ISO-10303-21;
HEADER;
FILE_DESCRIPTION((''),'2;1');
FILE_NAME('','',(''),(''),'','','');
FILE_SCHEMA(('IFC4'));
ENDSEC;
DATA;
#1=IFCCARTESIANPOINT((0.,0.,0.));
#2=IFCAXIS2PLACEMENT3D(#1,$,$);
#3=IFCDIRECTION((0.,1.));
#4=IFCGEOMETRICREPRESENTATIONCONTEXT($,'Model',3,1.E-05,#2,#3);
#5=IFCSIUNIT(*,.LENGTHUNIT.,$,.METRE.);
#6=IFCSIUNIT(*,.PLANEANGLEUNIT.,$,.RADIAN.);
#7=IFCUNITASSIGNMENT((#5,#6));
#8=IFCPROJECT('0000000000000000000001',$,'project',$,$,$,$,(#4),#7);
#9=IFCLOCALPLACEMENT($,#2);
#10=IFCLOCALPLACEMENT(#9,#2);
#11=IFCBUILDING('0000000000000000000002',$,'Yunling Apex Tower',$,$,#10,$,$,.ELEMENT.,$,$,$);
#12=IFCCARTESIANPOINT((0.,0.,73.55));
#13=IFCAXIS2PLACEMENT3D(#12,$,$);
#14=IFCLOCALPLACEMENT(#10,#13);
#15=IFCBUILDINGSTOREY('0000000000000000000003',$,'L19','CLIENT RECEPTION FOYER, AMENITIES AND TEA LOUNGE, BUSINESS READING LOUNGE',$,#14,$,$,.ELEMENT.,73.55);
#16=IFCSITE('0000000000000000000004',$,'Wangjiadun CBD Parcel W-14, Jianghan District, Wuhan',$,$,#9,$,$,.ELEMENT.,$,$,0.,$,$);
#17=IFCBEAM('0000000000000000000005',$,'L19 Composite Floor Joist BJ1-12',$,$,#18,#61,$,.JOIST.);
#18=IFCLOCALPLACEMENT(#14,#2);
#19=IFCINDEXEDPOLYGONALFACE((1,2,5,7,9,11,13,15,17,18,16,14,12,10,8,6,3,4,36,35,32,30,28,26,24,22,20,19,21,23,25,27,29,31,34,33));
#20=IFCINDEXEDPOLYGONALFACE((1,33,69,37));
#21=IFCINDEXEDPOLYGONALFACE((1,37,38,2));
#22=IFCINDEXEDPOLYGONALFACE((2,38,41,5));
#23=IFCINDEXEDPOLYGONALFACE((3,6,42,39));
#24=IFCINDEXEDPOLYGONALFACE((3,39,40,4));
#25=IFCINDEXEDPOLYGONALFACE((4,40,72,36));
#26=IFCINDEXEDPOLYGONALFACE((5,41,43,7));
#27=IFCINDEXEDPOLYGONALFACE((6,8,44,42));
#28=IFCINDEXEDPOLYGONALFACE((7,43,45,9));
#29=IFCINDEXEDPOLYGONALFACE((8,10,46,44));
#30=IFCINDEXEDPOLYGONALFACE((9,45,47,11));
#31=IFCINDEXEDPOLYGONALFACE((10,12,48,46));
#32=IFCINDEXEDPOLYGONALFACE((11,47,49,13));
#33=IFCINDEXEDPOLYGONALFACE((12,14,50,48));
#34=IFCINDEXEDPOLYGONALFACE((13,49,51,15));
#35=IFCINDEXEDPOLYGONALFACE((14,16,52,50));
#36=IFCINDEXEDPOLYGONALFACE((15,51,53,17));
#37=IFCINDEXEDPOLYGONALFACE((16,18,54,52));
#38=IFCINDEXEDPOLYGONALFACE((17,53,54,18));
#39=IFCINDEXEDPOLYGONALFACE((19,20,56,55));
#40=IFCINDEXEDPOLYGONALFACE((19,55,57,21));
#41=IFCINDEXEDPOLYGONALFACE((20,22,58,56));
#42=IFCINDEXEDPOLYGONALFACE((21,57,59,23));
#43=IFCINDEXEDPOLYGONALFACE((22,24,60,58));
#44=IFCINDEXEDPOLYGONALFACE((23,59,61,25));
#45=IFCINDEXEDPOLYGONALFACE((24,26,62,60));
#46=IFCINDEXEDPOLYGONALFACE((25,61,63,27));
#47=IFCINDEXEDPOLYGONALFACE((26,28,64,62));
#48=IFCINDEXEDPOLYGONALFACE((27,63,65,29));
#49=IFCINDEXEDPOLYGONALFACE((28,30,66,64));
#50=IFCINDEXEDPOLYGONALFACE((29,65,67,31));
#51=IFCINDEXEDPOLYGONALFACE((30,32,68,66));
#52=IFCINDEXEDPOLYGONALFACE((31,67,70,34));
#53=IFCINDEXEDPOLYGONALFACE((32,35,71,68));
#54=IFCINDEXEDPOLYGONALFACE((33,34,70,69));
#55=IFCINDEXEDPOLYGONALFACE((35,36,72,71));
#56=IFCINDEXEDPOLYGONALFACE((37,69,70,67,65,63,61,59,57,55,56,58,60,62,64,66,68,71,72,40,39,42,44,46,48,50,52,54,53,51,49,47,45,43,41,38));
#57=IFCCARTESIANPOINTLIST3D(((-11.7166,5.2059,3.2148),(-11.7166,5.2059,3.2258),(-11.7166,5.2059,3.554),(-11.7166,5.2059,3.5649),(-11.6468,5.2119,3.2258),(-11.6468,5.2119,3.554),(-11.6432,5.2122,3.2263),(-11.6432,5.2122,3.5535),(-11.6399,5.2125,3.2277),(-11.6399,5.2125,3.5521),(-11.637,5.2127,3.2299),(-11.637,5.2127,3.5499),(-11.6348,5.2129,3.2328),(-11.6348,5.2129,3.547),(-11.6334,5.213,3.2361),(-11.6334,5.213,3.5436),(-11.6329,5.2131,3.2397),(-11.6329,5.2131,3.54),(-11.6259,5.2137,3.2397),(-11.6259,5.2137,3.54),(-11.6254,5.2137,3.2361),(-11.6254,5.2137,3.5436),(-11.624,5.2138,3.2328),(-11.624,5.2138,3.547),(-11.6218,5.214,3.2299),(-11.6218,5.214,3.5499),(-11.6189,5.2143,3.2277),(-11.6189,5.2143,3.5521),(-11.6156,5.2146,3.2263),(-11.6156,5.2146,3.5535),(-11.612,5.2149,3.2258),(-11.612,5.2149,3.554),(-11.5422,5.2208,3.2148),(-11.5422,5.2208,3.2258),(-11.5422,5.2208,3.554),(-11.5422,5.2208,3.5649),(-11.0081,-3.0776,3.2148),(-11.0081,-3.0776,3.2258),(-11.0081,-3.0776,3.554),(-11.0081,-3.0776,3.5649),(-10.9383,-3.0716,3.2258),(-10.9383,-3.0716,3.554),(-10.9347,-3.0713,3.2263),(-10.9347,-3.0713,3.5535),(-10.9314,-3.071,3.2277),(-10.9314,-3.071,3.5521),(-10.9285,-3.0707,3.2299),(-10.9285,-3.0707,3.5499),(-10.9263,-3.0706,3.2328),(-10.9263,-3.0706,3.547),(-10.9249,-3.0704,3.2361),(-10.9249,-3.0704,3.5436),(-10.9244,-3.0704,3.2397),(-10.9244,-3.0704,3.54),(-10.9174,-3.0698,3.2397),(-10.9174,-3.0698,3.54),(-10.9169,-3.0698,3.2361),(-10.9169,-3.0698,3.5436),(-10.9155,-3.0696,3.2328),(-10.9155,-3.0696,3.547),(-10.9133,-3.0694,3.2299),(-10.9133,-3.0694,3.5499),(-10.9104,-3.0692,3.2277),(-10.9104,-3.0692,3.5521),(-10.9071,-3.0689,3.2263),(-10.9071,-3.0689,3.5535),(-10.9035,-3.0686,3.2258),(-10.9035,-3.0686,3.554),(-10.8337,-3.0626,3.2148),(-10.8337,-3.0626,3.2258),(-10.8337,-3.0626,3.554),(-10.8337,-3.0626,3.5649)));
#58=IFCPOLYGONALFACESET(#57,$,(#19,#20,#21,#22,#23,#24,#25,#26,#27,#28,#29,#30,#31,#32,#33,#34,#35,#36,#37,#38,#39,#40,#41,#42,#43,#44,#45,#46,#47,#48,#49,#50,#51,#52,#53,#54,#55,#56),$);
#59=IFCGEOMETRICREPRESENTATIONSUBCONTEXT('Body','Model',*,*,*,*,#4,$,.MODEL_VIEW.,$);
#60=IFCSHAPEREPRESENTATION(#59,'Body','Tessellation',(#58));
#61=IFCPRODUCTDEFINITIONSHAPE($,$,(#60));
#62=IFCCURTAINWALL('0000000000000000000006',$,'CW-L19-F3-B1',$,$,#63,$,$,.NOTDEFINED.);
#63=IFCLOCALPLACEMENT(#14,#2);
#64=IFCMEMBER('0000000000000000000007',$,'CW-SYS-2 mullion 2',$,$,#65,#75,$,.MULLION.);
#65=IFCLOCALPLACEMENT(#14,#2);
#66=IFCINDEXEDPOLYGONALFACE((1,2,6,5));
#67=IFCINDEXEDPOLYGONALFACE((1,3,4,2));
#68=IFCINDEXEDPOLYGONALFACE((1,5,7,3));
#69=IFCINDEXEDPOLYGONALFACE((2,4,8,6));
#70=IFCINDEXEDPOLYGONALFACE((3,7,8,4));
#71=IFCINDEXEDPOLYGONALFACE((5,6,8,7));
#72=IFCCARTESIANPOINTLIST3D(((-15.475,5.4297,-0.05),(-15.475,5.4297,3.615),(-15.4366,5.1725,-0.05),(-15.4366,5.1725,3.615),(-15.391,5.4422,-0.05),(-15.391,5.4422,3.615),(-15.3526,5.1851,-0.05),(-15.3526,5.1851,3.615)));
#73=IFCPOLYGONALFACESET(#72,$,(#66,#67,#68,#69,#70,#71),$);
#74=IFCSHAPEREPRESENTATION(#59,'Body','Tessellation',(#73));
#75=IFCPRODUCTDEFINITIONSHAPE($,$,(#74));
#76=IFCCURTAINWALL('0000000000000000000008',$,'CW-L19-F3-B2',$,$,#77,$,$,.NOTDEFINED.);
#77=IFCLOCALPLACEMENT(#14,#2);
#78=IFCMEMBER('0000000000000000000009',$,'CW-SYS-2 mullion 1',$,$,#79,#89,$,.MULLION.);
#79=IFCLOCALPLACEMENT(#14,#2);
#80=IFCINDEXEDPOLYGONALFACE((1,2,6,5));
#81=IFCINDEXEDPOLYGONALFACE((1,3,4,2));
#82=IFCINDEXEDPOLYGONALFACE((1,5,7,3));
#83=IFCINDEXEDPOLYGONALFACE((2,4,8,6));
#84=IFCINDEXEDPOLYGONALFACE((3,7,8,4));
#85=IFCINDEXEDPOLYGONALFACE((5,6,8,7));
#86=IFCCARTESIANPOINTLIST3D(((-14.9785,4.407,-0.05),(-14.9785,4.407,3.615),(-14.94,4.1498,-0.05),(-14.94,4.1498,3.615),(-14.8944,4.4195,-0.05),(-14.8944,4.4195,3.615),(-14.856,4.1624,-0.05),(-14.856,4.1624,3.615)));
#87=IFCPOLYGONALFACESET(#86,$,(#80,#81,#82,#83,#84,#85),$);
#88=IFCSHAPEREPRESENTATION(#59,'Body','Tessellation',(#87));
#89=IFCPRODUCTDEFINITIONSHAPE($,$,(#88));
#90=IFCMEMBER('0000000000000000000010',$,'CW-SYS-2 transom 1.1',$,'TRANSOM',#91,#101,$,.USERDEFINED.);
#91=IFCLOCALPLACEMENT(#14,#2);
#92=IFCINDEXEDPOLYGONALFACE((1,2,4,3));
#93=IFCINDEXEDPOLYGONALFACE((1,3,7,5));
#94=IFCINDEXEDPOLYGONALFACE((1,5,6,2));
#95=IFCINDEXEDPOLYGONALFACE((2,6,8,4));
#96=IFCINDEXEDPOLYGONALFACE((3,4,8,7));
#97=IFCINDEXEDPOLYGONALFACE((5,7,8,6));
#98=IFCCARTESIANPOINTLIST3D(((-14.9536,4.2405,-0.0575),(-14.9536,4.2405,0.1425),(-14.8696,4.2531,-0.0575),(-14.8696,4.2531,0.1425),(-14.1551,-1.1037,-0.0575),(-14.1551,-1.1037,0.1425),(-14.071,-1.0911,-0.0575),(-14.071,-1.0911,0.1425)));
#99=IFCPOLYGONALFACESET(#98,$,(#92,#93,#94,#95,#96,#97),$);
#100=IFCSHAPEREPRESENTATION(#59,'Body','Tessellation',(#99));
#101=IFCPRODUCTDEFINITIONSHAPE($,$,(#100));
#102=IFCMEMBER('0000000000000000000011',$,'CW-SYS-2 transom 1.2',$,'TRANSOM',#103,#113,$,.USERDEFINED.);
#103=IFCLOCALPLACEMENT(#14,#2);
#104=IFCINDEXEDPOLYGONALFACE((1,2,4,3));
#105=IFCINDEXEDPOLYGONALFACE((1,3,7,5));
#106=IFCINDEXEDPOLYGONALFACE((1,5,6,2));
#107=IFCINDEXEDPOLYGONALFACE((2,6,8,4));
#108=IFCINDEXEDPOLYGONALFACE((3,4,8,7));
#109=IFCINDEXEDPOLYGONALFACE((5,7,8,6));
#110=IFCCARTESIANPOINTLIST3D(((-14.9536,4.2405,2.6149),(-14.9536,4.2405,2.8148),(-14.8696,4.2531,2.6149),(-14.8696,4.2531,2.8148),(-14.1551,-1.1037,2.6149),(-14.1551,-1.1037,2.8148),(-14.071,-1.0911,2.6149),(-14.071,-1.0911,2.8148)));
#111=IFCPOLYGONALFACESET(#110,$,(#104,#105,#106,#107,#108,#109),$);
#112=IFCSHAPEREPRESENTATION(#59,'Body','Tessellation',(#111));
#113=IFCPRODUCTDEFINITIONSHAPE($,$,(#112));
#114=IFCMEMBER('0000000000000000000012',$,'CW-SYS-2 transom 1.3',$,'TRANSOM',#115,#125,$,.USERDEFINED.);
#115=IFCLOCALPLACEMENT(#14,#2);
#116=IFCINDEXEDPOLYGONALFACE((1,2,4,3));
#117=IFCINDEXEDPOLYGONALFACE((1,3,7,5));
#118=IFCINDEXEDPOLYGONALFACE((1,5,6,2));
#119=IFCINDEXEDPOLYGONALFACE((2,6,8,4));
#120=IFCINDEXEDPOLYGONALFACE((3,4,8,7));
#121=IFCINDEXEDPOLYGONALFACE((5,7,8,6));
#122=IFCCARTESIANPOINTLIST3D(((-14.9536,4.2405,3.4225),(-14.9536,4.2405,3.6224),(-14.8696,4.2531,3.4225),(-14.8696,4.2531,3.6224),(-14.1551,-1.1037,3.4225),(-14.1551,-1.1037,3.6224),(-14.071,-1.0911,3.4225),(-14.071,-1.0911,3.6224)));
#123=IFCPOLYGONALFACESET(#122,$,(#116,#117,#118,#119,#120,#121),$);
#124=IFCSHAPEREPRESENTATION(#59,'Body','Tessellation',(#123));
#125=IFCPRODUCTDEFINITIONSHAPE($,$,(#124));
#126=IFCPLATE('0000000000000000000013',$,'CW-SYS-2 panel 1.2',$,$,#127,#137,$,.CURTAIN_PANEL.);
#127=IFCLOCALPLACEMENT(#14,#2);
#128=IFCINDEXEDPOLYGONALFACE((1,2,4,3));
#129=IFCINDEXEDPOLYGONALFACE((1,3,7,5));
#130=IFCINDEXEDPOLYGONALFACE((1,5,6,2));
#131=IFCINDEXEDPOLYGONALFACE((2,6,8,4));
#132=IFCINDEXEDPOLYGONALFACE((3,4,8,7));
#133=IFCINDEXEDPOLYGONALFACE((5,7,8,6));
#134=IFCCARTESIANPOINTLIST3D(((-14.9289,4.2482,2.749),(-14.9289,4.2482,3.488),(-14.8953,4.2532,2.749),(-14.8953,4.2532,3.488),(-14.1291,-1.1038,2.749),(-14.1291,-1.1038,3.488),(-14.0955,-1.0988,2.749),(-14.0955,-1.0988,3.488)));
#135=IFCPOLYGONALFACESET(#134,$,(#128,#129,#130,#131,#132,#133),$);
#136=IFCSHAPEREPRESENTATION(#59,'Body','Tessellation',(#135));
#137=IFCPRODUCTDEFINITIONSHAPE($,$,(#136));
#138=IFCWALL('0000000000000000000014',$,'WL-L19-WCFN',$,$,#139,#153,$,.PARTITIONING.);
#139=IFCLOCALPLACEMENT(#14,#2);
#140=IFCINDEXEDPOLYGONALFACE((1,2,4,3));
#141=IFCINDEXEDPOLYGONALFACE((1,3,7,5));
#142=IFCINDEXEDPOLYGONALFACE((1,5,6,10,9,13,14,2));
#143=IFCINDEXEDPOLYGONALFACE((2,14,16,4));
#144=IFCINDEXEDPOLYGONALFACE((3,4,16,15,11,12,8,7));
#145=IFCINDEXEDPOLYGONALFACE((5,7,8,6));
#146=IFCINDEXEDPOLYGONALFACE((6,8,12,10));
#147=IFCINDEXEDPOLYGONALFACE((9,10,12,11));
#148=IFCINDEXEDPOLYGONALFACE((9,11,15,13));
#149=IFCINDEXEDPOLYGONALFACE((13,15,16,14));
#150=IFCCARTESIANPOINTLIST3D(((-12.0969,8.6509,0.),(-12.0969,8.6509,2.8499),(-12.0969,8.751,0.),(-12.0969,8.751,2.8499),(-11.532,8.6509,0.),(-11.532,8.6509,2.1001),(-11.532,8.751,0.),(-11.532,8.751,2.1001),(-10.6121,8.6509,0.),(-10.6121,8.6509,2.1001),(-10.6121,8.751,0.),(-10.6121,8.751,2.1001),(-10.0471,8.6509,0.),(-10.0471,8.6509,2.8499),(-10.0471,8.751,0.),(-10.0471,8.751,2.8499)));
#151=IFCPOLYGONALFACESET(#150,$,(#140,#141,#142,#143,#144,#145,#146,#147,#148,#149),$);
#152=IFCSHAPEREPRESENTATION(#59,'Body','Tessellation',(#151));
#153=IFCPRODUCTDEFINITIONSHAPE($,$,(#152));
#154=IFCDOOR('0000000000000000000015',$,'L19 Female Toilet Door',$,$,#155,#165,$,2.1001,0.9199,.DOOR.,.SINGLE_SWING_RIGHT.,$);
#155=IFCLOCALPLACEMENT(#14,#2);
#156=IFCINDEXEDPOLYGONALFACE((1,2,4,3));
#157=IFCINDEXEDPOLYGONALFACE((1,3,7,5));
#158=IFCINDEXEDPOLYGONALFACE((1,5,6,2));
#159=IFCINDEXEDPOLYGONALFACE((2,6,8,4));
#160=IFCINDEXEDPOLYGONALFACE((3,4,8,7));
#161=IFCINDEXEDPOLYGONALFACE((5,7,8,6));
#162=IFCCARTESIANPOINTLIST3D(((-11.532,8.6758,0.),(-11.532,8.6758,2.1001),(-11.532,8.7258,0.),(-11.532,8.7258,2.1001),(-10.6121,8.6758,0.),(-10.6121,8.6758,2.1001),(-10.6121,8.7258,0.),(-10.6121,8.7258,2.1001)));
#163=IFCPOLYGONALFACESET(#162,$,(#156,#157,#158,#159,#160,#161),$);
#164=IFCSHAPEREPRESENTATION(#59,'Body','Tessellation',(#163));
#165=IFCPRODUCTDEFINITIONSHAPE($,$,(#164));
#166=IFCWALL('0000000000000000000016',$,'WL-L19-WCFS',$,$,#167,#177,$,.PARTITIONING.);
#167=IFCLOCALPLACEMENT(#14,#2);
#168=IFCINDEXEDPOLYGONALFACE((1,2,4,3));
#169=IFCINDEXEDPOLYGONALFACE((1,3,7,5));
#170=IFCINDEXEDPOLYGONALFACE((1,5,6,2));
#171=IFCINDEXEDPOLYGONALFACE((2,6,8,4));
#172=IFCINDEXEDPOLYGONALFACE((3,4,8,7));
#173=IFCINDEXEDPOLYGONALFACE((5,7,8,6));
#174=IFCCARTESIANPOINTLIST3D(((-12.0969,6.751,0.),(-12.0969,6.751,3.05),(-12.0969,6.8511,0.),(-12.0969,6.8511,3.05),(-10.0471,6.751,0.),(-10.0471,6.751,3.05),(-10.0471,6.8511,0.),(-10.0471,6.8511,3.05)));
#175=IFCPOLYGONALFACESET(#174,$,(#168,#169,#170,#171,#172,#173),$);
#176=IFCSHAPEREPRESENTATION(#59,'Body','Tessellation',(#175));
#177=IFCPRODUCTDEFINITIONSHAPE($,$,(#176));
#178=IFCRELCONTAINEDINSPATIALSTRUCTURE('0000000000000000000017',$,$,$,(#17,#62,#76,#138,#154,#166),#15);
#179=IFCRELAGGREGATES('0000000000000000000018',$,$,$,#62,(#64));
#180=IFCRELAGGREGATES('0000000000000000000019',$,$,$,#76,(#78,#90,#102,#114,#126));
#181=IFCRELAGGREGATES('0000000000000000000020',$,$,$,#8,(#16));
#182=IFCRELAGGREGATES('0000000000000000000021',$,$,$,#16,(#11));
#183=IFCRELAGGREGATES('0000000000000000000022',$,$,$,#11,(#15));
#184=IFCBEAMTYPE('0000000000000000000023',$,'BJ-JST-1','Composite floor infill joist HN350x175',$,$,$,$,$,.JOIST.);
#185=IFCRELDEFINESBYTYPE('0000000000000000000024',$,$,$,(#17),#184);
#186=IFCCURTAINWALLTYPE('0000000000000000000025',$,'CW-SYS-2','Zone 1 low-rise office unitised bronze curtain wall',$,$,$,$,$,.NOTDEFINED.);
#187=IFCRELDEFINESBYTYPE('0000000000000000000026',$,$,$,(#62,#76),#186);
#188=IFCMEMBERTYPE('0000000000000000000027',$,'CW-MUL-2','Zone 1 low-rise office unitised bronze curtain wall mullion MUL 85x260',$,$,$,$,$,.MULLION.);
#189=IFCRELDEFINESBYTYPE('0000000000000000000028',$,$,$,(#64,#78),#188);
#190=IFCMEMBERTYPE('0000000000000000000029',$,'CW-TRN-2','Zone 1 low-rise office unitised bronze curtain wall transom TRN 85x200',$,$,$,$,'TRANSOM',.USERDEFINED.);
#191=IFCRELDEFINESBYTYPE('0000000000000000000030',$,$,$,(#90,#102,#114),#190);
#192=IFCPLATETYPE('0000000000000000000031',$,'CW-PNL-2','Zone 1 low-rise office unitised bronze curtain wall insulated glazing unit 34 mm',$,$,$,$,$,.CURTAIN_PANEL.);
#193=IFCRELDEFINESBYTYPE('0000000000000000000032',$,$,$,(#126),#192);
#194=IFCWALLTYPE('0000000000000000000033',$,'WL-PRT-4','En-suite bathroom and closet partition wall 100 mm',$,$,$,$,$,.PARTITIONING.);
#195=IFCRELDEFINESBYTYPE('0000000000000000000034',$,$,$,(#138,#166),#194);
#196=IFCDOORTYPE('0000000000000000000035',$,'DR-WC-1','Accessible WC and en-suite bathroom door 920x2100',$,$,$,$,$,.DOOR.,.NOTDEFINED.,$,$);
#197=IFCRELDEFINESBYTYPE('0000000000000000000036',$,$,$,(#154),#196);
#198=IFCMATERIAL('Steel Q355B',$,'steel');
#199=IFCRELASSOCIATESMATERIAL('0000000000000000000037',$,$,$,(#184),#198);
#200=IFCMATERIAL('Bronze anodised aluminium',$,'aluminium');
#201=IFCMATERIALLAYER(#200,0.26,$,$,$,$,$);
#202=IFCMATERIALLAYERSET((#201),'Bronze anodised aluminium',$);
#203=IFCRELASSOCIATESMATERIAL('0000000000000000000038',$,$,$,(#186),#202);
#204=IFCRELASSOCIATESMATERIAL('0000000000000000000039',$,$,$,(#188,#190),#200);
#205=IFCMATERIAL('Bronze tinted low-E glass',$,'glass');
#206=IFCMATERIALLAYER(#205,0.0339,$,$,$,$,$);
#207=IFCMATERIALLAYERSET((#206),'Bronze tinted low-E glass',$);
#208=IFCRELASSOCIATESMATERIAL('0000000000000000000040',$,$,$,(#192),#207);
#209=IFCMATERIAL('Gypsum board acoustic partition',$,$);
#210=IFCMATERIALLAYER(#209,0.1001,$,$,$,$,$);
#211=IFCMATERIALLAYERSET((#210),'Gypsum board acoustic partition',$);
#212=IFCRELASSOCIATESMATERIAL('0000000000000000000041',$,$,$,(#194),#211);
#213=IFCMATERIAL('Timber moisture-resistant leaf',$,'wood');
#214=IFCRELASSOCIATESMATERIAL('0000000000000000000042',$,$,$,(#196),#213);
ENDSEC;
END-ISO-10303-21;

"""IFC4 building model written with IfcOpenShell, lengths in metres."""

from ifc_helpers import new_model, si_unit, direction, frame, frame_2d, origin, origin_2d, place, context, subcontext, project, spatial, rectangle, i_section, extrude, source, transform, mapped, material, layer, layer_set, material_profile, profile_set, type_object, element, fill, aggregate, save


model = new_model("IFC4")

# Units and contexts
model_context = context("Model", 3, precision=1e-05, world=origin(), true_north=direction((0.0, 1.0)))
body_context = subcontext(model_context, "Body", "Model", "MODEL_VIEW")
ifc_project = project(units=[si_unit("LENGTHUNIT", "METRE"), si_unit("PLANEANGLEUNIT", "RADIAN")], contexts=[model_context])

# Site, building, storey
site_placement = place(None, origin())
site = spatial("IfcSite", under=ifc_project, at=site_placement, Name="Wangjiadun CBD Parcel W-14, Jianghan District, Wuhan", CompositionType="ELEMENT", RefElevation=0.0)
building_placement = place(site_placement, origin())
building = spatial("IfcBuilding", under=site, at=building_placement, Name="Yunling Apex Tower", CompositionType="ELEMENT")
storey_placement = place(building_placement, frame((0.0, 0.0, 73.55)))
storey = spatial("IfcBuildingStorey", under=building, at=storey_placement, Name="L19", Description="CLIENT RECEPTION FOYER, AMENITIES AND TEA LOUNGE, BUSINESS READING LOUNGE", CompositionType="ELEMENT", Elevation=73.55)

# Beam
ifc_material_1 = material(Name="Steel Q355B", Category="steel")
ifc_material_profile_1 = material_profile(ifc_material_1, i_section(OverallWidth=0.175, OverallDepth=0.3501, WebThickness=0.0071, FlangeThickness=0.011, FilletRadius=0.0139, at=origin_2d()))
ifc_profile_set_1 = profile_set([ifc_material_profile_1], Name="Steel Q355B")
beam_type_1 = type_object("IfcBeamType", Name="BJ-JST-1", Description="Composite floor infill joist HN350x175", PredefinedType="JOIST", material=ifc_profile_set_1)
shared_shape_1 = source(origin(), body_context, "Body", "SweptSolid", [
    extrude(i_section(OverallWidth=0.175, OverallDepth=0.3501, WebThickness=0.0071, FlangeThickness=0.011, FilletRadius=0.0139, at=origin_2d()), origin(), (0.0, 0.0, 1.0), 8.3137),
])
beam_1_placement = place(storey_placement, frame((-11.6294, 5.2134, 3.3899), z_axis=(0.08522, -0.996362, 0.0), x_axis=(0.996362, 0.08522, 0.0)))
element("IfcBeam", 1, at=beam_1_placement, inside=storey, type_object=beam_type_1, Name="L19 Composite Floor Joist BJ1-12", PredefinedType="JOIST", context=body_context, shape_type="MappedRepresentation", body=[
    mapped(shared_shape_1, transform((0.0, 0.0, 0.0), scale=1.0)),
])

# Curtain wall, member
ifc_material_2 = material(Name="Bronze anodised aluminium", Category="aluminium")
ifc_layer_1 = layer(ifc_material_2, 0.26)
ifc_layer_set_1 = layer_set([ifc_layer_1], Name="Bronze anodised aluminium")
curtain_wall_type = type_object("IfcCurtainWallType", Name="CW-SYS-2", Description="Zone 1 low-rise office unitised bronze curtain wall", PredefinedType="NOTDEFINED", material=ifc_layer_set_1)
curtain_wall_1_placement = place(storey_placement, origin())
curtain_wall_1 = element("IfcCurtainWall", 2, at=curtain_wall_1_placement, inside=storey, type_object=curtain_wall_type, Name="CW-L19-F3-B1", PredefinedType="NOTDEFINED")
ifc_material_profile_2 = material_profile(ifc_material_2, rectangle(XDim=0.085, YDim=0.26, at=origin_2d()))
ifc_profile_set_2 = profile_set([ifc_material_profile_2], Name="Bronze anodised aluminium")
member_type_1 = type_object("IfcMemberType", Name="CW-MUL-2", Description="Zone 1 low-rise office unitised bronze curtain wall mullion MUL 85x260", PredefinedType="MULLION", material=ifc_profile_set_2)
shared_shape_2 = source(origin(), body_context, "Body", "SweptSolid", [
    extrude(rectangle(XDim=0.085, YDim=0.26, at=origin_2d()), origin(), (0.0, 0.0, 1.0), 3.665),
])
member_1_placement = place(storey_placement, frame((-15.4138, 5.3074, -0.05), z_axis=(0.0, 0.0, 1.0), x_axis=(0.989017, 0.147799, 0.0)))
member_1 = element("IfcMember", 3, at=member_1_placement, type_object=member_type_1, Name="CW-SYS-2 mullion 2", PredefinedType="MULLION", context=body_context, shape_type="MappedRepresentation", body=[
    mapped(shared_shape_2, transform((0.0, 0.0, 0.0), scale=1.0)),
])
aggregate(curtain_wall_1, [member_1])

# Curtain wall, members, plate
curtain_wall_2_placement = place(storey_placement, origin())
curtain_wall_2 = element("IfcCurtainWall", 4, at=curtain_wall_2_placement, inside=storey, type_object=curtain_wall_type, Name="CW-L19-F3-B2", PredefinedType="NOTDEFINED")
member_2_placement = place(storey_placement, frame((-14.9172, 4.2847, -0.05), z_axis=(0.0, 0.0, 1.0), x_axis=(0.989017, 0.147801, 0.0)))
member_2 = element("IfcMember", 5, at=member_2_placement, type_object=member_type_1, Name="CW-SYS-2 mullion 1", PredefinedType="MULLION", context=body_context, shape_type="MappedRepresentation", body=[
    mapped(shared_shape_2, transform((0.0, 0.0, 0.0), scale=1.0)),
])
ifc_material_profile_3 = material_profile(ifc_material_2, rectangle(XDim=0.085, YDim=0.2, at=origin_2d()))
ifc_profile_set_3 = profile_set([ifc_material_profile_3], Name="Bronze anodised aluminium")
member_type_2 = type_object("IfcMemberType", Name="CW-TRN-2", Description="Zone 1 low-rise office unitised bronze curtain wall transom TRN 85x200", ElementType="TRANSOM", PredefinedType="USERDEFINED", material=ifc_profile_set_3)
shared_shape_3 = source(origin(), body_context, "Body", "SweptSolid", [
    extrude(rectangle(XDim=0.085, YDim=0.2, at=origin_2d()), origin(), (0.0, 0.0, 1.0), 5.4036),
])
member_3_placement = place(storey_placement, frame((-14.9116, 4.2468, 0.0425), z_axis=(0.147788, -0.989019, 0.0), x_axis=(0.989019, 0.147788, 0.0)))
member_3 = element("IfcMember", 6, at=member_3_placement, type_object=member_type_2, Name="CW-SYS-2 transom 1.1", ObjectType="TRANSOM", PredefinedType="USERDEFINED", context=body_context, shape_type="MappedRepresentation", body=[
    mapped(shared_shape_3, transform((0.0, 0.0, 0.0), scale=1.0)),
])
member_4_placement = place(storey_placement, frame((-14.9116, 4.2468, 2.7148), z_axis=(0.147788, -0.989019, 0.0), x_axis=(0.989019, 0.147788, 0.0)))
member_4 = element("IfcMember", 7, at=member_4_placement, type_object=member_type_2, Name="CW-SYS-2 transom 1.2", ObjectType="TRANSOM", PredefinedType="USERDEFINED", context=body_context, shape_type="MappedRepresentation", body=[
    mapped(shared_shape_3, transform((0.0, 0.0, 0.0), scale=1.0)),
])
member_5_placement = place(storey_placement, frame((-14.9116, 4.2468, 3.5225), z_axis=(0.147788, -0.989019, 0.0), x_axis=(0.989019, 0.147788, 0.0)))
member_5 = element("IfcMember", 8, at=member_5_placement, type_object=member_type_2, Name="CW-SYS-2 transom 1.3", ObjectType="TRANSOM", PredefinedType="USERDEFINED", context=body_context, shape_type="MappedRepresentation", body=[
    mapped(shared_shape_3, transform((0.0, 0.0, 0.0), scale=1.0)),
])
ifc_material_3 = material(Name="Bronze tinted low-E glass", Category="glass")
ifc_layer_2 = layer(ifc_material_3, 0.0339)
ifc_layer_set_2 = layer_set([ifc_layer_2], Name="Bronze tinted low-E glass")
plate_type = type_object("IfcPlateType", Name="CW-PNL-2", Description="Zone 1 low-rise office unitised bronze curtain wall insulated glazing unit 34 mm", PredefinedType="CURTAIN_PANEL", material=ifc_layer_set_2)
shared_shape_4 = source(origin(), body_context, "Body", "SweptSolid", [
    extrude(rectangle(XDim=5.4114, YDim=0.0339, at=origin_2d()), origin(), (0.0, 0.0, 1.0), 0.739),
])
plate_placement = place(storey_placement, frame((-14.5122, 1.5747, 2.749), z_axis=(0.0, 0.0, 1.0), x_axis=(0.147801, -0.989017, 0.0)))
plate = element("IfcPlate", 9, at=plate_placement, type_object=plate_type, Name="CW-SYS-2 panel 1.2", PredefinedType="CURTAIN_PANEL", context=body_context, shape_type="MappedRepresentation", body=[
    mapped(shared_shape_4, transform((0.0, 0.0, 0.0), scale=1.0)),
])
aggregate(curtain_wall_2, [member_2, member_3, member_4, member_5, plate])

# Wall, opening, door
ifc_material_4 = material(Name="Gypsum board acoustic partition")
ifc_layer_3 = layer(ifc_material_4, 0.1001)
ifc_layer_set_3 = layer_set([ifc_layer_3], Name="Gypsum board acoustic partition")
wall_type = type_object("IfcWallType", Name="WL-PRT-4", Description="En-suite bathroom and closet partition wall 100 mm", PredefinedType="PARTITIONING", material=ifc_layer_set_3)
wall_1_placement = place(storey_placement, frame((-12.0969, 8.7009, 0.0), z_axis=(0.0, 0.0, 1.0), x_axis=(1.0, 0.0, 0.0)))
wall_1 = element("IfcWall", 10, at=wall_1_placement, inside=storey, type_object=wall_type, Name="WL-L19-WCFN", PredefinedType="PARTITIONING", context=body_context, shape_type="SweptSolid", body=[
    extrude(rectangle(XDim=2.0498, YDim=0.1001, at=frame_2d((1.0249, 0.0))), origin(), (0.0, 0.0, 1.0), 2.8499),
])
opening_placement = place(wall_1_placement, frame((0.5649, 0.0, 0.0)))
opening = element("IfcOpeningElement", 11, at=opening_placement, cuts=wall_1, PredefinedType="OPENING", context=body_context, shape_type="SweptSolid", body=[
    extrude(rectangle(XDim=0.9199, YDim=2.1001, at=frame_2d((0.46, 1.05))), frame((0.0, 0.0601, 0.0), z_axis=(0.0, -1.0, 0.0), x_axis=(1.0, 0.0, 0.0)), (0.0, 0.0, 1.0), 0.1201),
])
ifc_material_5 = material(Name="Timber moisture-resistant leaf", Category="wood")
door_type = type_object("IfcDoorType", Name="DR-WC-1", Description="Accessible WC and en-suite bathroom door 920x2100", OperationType="NOTDEFINED", PredefinedType="DOOR", material=ifc_material_5)
door_placement = place(opening_placement, origin())
door = element("IfcDoor", 12, at=door_placement, inside=storey, type_object=door_type, Name="L19 Female Toilet Door", OperationType="SINGLE_SWING_RIGHT", OverallHeight=2.1001, OverallWidth=0.9199, PredefinedType="DOOR", context=body_context, shape_type="SweptSolid", body=[
    extrude(rectangle(XDim=0.9199, YDim=2.1001, at=frame_2d((0.46, 1.05))), frame((0.0, 0.0249, 0.0), z_axis=(0.0, -1.0, 0.0), x_axis=(1.0, 0.0, 0.0)), (0.0, 0.0, 1.0), 0.05),
])
fill(opening, door)

# Wall
wall_2_placement = place(storey_placement, frame((-10.0471, 6.801, 0.0), z_axis=(0.0, 0.0, 1.0), x_axis=(-1.0, 0.0, 0.0)))
element("IfcWall", 13, at=wall_2_placement, inside=storey, type_object=wall_type, Name="WL-L19-WCFS", PredefinedType="PARTITIONING", context=body_context, shape_type="SweptSolid", body=[
    extrude(rectangle(XDim=2.0498, YDim=0.1001, at=frame_2d((1.0249, 0.0))), origin(), (0.0, 0.0, 1.0), 3.05),
])

save(model, "model.ifc")
